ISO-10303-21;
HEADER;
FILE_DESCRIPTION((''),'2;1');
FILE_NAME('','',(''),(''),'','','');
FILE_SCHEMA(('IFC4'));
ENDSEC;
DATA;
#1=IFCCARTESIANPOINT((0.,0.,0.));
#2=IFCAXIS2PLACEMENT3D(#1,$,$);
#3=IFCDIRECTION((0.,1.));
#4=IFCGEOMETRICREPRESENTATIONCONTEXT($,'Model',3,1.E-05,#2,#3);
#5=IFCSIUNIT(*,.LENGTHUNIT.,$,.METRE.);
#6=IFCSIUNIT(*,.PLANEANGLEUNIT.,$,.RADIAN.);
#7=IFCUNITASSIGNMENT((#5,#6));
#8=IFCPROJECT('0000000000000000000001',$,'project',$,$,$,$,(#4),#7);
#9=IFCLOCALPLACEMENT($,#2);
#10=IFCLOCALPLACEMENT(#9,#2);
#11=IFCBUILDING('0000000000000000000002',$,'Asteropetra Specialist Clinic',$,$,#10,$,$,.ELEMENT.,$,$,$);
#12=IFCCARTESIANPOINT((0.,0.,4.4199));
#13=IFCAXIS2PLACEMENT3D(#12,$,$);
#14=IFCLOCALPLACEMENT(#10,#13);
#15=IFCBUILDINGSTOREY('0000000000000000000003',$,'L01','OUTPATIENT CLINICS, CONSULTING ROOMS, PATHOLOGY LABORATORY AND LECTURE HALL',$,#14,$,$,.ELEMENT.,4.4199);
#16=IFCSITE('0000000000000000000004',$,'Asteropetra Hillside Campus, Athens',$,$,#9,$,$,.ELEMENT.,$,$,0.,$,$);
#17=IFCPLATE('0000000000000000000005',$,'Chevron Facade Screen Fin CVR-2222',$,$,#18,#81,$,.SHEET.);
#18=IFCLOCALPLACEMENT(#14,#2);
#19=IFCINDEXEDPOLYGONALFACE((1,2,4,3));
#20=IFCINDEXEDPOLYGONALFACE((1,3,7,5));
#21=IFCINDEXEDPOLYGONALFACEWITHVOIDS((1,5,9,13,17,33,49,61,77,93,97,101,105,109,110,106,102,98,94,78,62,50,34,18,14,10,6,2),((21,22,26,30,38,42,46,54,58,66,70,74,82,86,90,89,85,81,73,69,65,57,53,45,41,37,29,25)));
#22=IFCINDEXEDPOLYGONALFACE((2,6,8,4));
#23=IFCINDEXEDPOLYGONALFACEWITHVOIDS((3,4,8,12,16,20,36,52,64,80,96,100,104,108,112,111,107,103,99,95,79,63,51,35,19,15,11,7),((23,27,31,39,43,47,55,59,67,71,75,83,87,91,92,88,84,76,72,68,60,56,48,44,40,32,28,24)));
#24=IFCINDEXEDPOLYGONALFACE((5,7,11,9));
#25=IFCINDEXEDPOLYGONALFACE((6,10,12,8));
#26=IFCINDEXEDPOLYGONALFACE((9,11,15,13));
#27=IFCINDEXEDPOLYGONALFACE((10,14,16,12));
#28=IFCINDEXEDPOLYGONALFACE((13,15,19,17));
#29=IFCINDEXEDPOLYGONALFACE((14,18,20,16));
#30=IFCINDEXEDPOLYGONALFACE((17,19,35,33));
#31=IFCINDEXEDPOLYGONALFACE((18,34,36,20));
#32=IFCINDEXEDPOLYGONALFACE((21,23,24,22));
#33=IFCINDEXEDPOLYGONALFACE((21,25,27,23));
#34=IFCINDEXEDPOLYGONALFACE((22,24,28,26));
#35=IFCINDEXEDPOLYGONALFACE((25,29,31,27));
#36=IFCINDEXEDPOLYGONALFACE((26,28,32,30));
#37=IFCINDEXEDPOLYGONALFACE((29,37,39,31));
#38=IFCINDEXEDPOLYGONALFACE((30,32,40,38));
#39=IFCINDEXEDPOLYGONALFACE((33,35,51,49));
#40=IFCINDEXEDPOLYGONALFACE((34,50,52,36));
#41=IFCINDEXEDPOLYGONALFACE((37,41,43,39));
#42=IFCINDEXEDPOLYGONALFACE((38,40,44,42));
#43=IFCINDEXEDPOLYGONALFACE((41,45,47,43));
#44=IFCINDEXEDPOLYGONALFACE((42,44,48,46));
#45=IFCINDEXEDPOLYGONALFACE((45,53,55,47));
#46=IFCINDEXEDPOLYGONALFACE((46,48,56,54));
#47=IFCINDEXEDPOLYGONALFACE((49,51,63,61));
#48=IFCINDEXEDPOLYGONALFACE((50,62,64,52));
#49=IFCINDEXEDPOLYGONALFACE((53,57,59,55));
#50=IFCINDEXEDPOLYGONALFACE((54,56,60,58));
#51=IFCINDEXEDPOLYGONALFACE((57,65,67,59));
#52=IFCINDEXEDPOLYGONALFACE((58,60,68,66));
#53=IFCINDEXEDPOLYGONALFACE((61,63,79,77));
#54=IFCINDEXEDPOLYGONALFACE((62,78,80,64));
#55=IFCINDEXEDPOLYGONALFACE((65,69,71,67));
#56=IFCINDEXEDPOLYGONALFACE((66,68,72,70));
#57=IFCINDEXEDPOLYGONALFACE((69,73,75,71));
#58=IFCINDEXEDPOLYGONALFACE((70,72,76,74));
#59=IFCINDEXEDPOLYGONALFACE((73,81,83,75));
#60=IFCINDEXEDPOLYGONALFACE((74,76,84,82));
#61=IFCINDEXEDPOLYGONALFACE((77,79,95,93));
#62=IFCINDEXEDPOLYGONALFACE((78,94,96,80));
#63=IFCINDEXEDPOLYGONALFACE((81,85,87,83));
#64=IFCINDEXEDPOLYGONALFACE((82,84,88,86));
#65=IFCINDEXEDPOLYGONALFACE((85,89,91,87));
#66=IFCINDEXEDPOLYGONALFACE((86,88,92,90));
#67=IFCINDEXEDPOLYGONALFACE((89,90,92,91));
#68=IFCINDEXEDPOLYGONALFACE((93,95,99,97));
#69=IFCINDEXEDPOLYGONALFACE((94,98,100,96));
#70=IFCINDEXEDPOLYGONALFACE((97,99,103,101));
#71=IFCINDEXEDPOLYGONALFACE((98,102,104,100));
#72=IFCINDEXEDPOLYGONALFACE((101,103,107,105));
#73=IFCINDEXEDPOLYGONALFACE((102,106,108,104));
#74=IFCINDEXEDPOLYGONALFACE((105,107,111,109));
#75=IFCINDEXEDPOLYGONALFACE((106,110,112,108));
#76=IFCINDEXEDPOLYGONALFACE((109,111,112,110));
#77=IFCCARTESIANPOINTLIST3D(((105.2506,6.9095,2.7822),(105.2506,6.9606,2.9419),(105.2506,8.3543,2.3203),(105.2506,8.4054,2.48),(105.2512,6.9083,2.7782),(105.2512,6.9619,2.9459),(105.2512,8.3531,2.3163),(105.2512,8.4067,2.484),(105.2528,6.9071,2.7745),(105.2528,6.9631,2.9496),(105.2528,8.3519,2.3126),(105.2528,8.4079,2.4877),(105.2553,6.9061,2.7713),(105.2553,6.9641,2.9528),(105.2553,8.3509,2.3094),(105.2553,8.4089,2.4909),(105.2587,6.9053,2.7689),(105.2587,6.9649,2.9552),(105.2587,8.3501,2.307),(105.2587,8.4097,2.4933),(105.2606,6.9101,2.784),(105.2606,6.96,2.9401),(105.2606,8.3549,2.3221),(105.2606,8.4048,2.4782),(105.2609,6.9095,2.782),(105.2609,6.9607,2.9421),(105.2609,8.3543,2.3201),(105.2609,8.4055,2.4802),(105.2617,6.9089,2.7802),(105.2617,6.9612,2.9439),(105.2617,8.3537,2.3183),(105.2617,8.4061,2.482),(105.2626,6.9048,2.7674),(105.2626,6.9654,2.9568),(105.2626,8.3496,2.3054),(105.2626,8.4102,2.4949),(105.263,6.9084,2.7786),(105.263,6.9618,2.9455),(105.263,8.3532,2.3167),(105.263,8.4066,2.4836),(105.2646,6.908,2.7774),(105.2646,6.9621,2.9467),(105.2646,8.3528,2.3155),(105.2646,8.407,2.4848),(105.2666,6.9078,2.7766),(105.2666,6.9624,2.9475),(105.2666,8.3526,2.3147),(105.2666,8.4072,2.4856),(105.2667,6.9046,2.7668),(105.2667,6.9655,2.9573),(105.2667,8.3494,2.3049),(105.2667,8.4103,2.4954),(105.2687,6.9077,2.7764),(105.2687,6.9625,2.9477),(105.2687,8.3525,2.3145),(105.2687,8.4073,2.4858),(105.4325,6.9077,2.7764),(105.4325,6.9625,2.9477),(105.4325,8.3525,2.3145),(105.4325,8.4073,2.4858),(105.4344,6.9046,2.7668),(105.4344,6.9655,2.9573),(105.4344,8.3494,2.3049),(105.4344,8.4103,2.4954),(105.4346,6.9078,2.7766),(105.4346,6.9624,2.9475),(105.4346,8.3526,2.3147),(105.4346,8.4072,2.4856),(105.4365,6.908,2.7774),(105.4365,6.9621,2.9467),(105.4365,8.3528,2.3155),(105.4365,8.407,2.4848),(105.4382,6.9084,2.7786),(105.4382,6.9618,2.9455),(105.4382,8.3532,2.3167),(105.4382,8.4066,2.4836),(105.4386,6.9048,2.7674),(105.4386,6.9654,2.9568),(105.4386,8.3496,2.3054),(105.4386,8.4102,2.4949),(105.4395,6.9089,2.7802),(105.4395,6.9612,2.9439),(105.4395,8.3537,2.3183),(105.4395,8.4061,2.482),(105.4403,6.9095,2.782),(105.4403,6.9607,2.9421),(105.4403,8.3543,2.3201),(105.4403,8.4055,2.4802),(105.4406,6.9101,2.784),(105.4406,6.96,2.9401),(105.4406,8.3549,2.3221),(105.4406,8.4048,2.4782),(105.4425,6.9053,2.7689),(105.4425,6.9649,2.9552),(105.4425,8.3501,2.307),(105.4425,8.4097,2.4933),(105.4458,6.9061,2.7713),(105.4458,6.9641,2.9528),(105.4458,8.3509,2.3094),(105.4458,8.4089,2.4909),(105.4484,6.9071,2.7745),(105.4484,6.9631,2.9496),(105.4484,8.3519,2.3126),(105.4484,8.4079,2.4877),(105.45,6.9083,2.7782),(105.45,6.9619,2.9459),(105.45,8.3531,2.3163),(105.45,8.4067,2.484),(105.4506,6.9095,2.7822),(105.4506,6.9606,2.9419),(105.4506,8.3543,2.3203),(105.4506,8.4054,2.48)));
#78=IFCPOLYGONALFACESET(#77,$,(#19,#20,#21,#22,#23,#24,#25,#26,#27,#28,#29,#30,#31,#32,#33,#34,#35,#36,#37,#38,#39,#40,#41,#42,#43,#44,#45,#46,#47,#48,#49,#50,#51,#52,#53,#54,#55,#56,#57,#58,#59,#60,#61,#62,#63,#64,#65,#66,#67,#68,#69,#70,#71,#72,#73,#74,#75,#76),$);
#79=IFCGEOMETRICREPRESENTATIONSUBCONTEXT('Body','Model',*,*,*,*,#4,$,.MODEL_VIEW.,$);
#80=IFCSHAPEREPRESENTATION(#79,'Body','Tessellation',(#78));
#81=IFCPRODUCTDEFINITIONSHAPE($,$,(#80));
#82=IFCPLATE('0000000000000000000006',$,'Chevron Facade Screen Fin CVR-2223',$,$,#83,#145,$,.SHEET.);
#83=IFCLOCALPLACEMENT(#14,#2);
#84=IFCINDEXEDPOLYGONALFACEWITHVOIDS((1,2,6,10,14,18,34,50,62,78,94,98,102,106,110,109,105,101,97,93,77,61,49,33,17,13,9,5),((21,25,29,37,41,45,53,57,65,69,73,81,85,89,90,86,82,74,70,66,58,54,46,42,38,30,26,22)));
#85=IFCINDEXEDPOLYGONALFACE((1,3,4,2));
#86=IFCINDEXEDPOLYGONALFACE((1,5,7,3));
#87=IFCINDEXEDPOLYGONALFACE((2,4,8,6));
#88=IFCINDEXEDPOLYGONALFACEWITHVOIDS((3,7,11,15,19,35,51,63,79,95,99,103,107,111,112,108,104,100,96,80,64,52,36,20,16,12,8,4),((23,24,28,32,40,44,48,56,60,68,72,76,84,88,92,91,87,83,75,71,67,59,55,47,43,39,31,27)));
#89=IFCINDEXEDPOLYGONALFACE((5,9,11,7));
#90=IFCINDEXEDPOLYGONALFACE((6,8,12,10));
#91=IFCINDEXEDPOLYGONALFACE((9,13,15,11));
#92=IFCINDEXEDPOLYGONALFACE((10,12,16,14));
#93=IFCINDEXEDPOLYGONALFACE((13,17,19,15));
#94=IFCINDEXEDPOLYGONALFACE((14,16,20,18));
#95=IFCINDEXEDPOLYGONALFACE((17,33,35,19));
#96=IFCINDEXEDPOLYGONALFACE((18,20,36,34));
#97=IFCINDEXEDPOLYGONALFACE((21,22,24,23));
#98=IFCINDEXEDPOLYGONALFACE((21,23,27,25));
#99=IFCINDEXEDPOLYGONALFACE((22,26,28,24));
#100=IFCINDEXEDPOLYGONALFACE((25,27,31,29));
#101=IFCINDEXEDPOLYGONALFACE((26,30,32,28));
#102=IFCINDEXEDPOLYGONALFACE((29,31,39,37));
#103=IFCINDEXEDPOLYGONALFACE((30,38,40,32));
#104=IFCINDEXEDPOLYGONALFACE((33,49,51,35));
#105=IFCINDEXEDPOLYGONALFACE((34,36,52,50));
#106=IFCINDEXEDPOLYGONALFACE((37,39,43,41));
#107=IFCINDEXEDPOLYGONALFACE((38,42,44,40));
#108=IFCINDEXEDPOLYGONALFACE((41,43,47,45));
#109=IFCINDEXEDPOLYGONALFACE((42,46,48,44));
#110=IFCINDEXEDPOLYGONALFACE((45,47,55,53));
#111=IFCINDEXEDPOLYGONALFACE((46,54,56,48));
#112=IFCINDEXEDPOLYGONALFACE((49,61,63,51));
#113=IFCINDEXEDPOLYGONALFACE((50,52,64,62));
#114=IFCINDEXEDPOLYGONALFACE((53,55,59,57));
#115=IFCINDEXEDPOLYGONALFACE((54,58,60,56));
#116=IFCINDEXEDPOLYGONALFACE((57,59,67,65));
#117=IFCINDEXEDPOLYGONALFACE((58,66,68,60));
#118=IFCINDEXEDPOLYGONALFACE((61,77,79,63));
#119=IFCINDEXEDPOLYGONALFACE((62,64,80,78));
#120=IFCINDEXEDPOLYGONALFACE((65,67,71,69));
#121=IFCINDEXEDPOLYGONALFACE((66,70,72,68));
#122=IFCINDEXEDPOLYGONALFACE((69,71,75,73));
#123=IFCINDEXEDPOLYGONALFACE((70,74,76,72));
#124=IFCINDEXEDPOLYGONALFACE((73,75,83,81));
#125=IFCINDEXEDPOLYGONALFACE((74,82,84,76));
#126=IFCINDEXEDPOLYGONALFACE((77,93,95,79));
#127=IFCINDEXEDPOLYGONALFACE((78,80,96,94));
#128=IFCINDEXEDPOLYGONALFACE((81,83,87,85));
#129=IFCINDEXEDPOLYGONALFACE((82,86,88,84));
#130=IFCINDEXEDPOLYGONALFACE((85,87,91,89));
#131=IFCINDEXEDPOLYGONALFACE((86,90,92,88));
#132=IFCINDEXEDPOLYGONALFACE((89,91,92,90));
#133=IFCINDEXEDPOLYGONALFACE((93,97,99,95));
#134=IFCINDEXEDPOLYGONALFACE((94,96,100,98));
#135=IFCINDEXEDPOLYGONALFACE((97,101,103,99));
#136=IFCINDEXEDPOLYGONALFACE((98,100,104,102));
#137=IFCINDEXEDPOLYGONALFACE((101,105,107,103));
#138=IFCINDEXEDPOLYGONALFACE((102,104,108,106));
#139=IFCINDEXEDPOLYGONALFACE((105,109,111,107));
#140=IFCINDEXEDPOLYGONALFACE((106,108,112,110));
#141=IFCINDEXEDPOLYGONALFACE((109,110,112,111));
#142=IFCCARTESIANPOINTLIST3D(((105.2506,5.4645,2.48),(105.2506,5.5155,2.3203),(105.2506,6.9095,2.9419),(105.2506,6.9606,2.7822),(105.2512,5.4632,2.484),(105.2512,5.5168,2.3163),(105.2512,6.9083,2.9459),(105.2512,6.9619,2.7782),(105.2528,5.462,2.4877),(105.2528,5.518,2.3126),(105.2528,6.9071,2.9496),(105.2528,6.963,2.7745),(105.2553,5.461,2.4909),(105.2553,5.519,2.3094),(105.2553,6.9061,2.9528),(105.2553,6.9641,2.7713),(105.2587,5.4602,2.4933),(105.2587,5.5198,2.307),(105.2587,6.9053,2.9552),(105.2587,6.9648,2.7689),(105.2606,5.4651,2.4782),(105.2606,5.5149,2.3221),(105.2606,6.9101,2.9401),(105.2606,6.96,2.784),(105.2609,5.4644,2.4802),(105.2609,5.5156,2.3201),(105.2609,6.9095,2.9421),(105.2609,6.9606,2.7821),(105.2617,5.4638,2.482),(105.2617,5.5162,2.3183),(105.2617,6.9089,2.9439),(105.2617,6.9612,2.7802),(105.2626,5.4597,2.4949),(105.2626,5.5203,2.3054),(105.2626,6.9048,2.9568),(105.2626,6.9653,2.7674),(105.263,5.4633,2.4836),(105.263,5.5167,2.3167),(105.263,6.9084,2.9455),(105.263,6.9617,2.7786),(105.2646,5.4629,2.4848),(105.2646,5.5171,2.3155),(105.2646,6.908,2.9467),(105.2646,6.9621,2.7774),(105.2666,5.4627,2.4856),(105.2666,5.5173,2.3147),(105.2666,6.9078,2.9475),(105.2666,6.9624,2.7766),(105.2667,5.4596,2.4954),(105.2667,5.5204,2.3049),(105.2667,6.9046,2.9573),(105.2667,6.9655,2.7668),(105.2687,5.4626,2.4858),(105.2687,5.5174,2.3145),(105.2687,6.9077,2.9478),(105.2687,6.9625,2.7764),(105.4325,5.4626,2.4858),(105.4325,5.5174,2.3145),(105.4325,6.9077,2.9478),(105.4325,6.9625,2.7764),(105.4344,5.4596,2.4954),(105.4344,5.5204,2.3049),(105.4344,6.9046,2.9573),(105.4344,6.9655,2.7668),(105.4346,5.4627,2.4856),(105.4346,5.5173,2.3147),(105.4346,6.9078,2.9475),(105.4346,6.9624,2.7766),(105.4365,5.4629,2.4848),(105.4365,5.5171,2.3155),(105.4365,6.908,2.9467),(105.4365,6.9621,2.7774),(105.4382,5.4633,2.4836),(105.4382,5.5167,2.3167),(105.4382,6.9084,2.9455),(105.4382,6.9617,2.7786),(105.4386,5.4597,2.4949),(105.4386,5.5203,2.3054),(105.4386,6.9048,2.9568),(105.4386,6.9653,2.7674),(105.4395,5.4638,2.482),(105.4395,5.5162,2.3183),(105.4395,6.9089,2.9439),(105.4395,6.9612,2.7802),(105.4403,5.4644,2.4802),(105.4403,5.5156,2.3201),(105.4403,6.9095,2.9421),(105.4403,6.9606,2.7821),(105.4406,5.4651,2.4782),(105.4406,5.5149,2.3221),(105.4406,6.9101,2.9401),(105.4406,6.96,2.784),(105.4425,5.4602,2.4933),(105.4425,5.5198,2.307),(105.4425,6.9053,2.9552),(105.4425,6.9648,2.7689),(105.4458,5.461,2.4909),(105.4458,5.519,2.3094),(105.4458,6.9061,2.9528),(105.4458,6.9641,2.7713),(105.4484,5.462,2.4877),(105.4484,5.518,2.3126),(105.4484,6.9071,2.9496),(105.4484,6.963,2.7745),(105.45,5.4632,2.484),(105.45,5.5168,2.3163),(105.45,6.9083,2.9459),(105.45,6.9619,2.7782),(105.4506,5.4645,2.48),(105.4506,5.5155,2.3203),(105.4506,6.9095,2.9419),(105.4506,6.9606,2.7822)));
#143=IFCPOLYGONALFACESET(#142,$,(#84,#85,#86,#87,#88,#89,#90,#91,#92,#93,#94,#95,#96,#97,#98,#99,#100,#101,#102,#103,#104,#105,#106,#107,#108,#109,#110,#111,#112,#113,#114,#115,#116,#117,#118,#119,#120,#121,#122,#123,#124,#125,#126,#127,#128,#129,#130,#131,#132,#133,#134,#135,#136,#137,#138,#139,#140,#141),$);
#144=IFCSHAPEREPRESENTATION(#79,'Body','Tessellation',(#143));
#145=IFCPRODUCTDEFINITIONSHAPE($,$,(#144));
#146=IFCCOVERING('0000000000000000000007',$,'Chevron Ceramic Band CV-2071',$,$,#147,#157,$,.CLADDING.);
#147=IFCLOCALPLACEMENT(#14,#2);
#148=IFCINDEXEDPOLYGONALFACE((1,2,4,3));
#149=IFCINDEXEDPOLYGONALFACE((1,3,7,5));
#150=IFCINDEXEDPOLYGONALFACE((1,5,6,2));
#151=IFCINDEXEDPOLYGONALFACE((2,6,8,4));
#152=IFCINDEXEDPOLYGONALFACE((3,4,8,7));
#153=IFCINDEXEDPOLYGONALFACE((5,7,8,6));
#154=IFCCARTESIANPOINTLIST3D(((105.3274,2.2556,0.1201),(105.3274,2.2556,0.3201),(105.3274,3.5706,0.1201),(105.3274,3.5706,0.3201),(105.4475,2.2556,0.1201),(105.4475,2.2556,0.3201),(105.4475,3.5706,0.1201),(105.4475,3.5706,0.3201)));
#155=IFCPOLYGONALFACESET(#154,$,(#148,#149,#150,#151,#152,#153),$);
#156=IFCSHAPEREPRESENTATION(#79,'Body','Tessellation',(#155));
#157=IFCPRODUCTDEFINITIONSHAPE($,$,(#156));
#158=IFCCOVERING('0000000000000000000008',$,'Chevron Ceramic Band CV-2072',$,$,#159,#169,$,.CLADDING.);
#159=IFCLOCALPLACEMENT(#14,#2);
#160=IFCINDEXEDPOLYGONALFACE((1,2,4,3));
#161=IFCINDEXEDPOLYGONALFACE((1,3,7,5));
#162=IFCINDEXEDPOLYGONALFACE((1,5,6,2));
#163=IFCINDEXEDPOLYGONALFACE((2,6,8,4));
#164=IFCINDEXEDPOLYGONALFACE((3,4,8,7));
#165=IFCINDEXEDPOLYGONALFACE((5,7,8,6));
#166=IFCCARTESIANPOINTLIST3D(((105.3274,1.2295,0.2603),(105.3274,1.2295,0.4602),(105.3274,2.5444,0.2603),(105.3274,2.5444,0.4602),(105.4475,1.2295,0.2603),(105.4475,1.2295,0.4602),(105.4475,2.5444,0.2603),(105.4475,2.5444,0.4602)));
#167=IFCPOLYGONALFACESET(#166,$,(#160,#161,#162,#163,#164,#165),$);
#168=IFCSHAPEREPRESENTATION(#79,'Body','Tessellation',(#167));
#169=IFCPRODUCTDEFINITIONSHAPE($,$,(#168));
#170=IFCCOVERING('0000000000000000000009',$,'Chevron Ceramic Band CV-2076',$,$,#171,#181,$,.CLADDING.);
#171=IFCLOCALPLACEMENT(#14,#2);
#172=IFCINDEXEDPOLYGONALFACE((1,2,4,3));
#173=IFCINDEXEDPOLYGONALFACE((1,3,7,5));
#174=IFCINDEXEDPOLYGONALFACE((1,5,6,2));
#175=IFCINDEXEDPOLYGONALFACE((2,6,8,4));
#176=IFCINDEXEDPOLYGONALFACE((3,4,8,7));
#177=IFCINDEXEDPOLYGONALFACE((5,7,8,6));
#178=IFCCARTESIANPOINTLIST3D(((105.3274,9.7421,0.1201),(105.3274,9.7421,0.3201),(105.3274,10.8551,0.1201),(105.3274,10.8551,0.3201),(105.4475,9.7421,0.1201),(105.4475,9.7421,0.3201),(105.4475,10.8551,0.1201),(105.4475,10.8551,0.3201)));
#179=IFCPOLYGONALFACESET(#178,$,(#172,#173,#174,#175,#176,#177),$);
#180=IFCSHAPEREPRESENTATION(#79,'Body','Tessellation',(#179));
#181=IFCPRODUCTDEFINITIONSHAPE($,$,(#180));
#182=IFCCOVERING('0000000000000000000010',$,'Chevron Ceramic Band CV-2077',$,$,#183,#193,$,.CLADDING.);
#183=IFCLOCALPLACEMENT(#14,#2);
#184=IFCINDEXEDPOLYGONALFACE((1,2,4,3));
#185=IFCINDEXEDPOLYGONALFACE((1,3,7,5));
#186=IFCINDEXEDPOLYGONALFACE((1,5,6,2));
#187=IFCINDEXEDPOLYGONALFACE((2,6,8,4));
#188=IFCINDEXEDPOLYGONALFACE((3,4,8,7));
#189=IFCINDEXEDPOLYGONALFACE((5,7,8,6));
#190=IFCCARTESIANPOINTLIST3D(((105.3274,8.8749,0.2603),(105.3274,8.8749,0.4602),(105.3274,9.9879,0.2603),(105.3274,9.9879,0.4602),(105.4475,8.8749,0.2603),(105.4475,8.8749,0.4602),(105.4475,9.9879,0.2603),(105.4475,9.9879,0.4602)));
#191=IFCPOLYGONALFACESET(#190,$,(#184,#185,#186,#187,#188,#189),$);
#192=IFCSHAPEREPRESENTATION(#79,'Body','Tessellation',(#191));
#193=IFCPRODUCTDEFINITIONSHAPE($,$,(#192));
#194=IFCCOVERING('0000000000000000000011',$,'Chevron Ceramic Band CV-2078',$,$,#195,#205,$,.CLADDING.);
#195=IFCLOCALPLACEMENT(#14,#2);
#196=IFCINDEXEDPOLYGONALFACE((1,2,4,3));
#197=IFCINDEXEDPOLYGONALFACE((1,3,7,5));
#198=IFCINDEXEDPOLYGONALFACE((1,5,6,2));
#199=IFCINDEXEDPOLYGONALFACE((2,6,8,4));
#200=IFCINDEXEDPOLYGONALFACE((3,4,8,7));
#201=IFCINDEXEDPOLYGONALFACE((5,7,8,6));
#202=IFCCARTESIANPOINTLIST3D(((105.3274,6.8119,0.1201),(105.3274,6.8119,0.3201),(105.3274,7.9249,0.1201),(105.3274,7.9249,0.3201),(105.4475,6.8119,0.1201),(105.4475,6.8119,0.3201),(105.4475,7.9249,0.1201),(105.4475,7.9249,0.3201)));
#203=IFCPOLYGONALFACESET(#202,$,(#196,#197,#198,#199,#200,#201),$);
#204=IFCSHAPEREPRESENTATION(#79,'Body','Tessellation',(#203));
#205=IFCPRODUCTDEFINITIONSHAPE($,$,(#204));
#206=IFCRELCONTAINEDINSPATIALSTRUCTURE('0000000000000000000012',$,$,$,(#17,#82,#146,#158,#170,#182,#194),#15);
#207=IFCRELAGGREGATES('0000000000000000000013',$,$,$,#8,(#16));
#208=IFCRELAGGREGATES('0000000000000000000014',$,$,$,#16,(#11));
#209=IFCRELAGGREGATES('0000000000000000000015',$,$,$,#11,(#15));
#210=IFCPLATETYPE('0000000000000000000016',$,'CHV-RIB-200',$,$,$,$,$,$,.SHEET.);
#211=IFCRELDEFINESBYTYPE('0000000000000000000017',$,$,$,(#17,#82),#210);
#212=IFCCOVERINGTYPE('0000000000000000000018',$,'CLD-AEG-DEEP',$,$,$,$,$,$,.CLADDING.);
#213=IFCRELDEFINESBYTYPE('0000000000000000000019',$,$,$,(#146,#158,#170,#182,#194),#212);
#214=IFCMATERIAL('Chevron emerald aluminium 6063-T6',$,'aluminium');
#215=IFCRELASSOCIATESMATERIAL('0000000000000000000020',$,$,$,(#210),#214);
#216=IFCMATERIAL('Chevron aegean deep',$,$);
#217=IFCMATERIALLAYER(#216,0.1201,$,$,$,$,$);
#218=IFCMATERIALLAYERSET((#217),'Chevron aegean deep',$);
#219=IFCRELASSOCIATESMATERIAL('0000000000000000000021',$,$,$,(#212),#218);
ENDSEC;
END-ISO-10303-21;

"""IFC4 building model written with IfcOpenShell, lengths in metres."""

from ifc_helpers import new_model, si_unit, direction, frame, origin, origin_2d, place, context, subcontext, project, spatial, rectangle, hollow_rectangle, extrude, material, layer, layer_set, material_profile, profile_set, type_object, element, save


model = new_model("IFC4")

# Units and contexts
model_context = context("Model", 3, precision=1e-05, world=origin(), true_north=direction((0.0, 1.0)))
body_context = subcontext(model_context, "Body", "Model", "MODEL_VIEW")
ifc_project = project(units=[si_unit("LENGTHUNIT", "METRE"), si_unit("PLANEANGLEUNIT", "RADIAN")], contexts=[model_context])

# Site, building, storey
site_placement = place(None, origin())
site = spatial("IfcSite", under=ifc_project, at=site_placement, Name="Asteropetra Hillside Campus, Athens", CompositionType="ELEMENT", RefElevation=0.0)
building_placement = place(site_placement, origin())
building = spatial("IfcBuilding", under=site, at=building_placement, Name="Asteropetra Specialist Clinic", CompositionType="ELEMENT")
storey_placement = place(building_placement, frame((0.0, 0.0, 4.4199)))
storey = spatial("IfcBuildingStorey", under=building, at=storey_placement, Name="L01", Description="OUTPATIENT CLINICS, CONSULTING ROOMS, PATHOLOGY LABORATORY AND LECTURE HALL", CompositionType="ELEMENT", Elevation=4.4199)

# Plates
ifc_material_1 = material(Name="Chevron emerald aluminium 6063-T6", Category="aluminium")
ifc_material_profile = material_profile(ifc_material_1, hollow_rectangle(XDim=0.2, YDim=0.2, WallThickness=0.01, InnerFilletRadius=0.0081, OuterFilletRadius=0.0161, at=origin_2d()), Name="SHS 200x200x10.0")
ifc_profile_set = profile_set([ifc_material_profile], Name="Chevron emerald aluminium 6063-T6")
plate_type = type_object("IfcPlateType", Name="CHV-RIB-200", PredefinedType="SHEET", material=ifc_profile_set)
plate_1_placement = place(storey_placement, frame((105.3506, 8.3799, 2.4001), z_axis=(0.0, -0.952506, 0.304519), x_axis=(1.0, 0.0, 0.0)))
element("IfcPlate", 1, at=plate_1_placement, inside=storey, type_object=plate_type, Name="Chevron Facade Screen Fin CVR-2222", PredefinedType="SHEET", context=body_context, shape_type="SweptSolid", body=[
    extrude(hollow_rectangle(XDim=0.2, YDim=0.2, WallThickness=0.01, InnerFilletRadius=0.0081, OuterFilletRadius=0.0161, at=origin_2d()), origin(), (0.0, 0.0, 1.0), 1.5168),
])
plate_2_placement = place(storey_placement, frame((105.3506, 6.9351, 2.8621), z_axis=(0.0, -0.952521, -0.304472), x_axis=(1.0, 0.0, 0.0)))
element("IfcPlate", 2, at=plate_2_placement, inside=storey, type_object=plate_type, Name="Chevron Facade Screen Fin CVR-2223", PredefinedType="SHEET", context=body_context, shape_type="SweptSolid", body=[
    extrude(hollow_rectangle(XDim=0.2, YDim=0.2, WallThickness=0.01, InnerFilletRadius=0.0081, OuterFilletRadius=0.0161, at=origin_2d()), origin(), (0.0, 0.0, 1.0), 1.5171),
])

# Coverings
ifc_material_2 = material(Name="Chevron aegean deep")
ifc_layer = layer(ifc_material_2, 0.1201)
ifc_layer_set = layer_set([ifc_layer], Name="Chevron aegean deep")
covering_type = type_object("IfcCoveringType", Name="CLD-AEG-DEEP", PredefinedType="CLADDING", material=ifc_layer_set)
for number, where, z_axis, x_axis, name in (
    (3, (105.3875, 2.9131, 0.1201), (0.0, 0.0, 1.0), (1.0, 0.0, 0.0), "Chevron Ceramic Band CV-2071"),
    (4, (105.3875, 1.887, 0.2603), (0.0, 0.0, 1.0), (1.0, 0.0, 0.0), "Chevron Ceramic Band CV-2072"),
):
    element("IfcCovering", number, at=place(storey_placement, frame(where, z_axis=z_axis, x_axis=x_axis)), inside=storey, type_object=covering_type, Name=name, PredefinedType="CLADDING", context=body_context, shape_type="SweptSolid", body=[
        extrude(rectangle(XDim=0.1201, YDim=1.3149, at=origin_2d()), origin(), (0.0, 0.0, 1.0), 0.2),
    ])
for number, where, z_axis, x_axis, name in (
    (5, (105.3875, 10.2986, 0.1201), (0.0, 0.0, 1.0), (1.0, 0.0, 0.0), "Chevron Ceramic Band CV-2076"),
    (6, (105.3875, 9.4314, 0.2603), (0.0, 0.0, 1.0), (1.0, 0.0, 0.0), "Chevron Ceramic Band CV-2077"),
    (7, (105.3875, 7.3684, 0.1201), (0.0, 0.0, 1.0), (1.0, 0.0, 0.0), "Chevron Ceramic Band CV-2078"),
):
    element("IfcCovering", number, at=place(storey_placement, frame(where, z_axis=z_axis, x_axis=x_axis)), inside=storey, type_object=covering_type, Name=name, PredefinedType="CLADDING", context=body_context, shape_type="SweptSolid", body=[
        extrude(rectangle(XDim=0.1201, YDim=1.113, at=origin_2d()), origin(), (0.0, 0.0, 1.0), 0.2),
    ])

save(model, "model.ifc")
